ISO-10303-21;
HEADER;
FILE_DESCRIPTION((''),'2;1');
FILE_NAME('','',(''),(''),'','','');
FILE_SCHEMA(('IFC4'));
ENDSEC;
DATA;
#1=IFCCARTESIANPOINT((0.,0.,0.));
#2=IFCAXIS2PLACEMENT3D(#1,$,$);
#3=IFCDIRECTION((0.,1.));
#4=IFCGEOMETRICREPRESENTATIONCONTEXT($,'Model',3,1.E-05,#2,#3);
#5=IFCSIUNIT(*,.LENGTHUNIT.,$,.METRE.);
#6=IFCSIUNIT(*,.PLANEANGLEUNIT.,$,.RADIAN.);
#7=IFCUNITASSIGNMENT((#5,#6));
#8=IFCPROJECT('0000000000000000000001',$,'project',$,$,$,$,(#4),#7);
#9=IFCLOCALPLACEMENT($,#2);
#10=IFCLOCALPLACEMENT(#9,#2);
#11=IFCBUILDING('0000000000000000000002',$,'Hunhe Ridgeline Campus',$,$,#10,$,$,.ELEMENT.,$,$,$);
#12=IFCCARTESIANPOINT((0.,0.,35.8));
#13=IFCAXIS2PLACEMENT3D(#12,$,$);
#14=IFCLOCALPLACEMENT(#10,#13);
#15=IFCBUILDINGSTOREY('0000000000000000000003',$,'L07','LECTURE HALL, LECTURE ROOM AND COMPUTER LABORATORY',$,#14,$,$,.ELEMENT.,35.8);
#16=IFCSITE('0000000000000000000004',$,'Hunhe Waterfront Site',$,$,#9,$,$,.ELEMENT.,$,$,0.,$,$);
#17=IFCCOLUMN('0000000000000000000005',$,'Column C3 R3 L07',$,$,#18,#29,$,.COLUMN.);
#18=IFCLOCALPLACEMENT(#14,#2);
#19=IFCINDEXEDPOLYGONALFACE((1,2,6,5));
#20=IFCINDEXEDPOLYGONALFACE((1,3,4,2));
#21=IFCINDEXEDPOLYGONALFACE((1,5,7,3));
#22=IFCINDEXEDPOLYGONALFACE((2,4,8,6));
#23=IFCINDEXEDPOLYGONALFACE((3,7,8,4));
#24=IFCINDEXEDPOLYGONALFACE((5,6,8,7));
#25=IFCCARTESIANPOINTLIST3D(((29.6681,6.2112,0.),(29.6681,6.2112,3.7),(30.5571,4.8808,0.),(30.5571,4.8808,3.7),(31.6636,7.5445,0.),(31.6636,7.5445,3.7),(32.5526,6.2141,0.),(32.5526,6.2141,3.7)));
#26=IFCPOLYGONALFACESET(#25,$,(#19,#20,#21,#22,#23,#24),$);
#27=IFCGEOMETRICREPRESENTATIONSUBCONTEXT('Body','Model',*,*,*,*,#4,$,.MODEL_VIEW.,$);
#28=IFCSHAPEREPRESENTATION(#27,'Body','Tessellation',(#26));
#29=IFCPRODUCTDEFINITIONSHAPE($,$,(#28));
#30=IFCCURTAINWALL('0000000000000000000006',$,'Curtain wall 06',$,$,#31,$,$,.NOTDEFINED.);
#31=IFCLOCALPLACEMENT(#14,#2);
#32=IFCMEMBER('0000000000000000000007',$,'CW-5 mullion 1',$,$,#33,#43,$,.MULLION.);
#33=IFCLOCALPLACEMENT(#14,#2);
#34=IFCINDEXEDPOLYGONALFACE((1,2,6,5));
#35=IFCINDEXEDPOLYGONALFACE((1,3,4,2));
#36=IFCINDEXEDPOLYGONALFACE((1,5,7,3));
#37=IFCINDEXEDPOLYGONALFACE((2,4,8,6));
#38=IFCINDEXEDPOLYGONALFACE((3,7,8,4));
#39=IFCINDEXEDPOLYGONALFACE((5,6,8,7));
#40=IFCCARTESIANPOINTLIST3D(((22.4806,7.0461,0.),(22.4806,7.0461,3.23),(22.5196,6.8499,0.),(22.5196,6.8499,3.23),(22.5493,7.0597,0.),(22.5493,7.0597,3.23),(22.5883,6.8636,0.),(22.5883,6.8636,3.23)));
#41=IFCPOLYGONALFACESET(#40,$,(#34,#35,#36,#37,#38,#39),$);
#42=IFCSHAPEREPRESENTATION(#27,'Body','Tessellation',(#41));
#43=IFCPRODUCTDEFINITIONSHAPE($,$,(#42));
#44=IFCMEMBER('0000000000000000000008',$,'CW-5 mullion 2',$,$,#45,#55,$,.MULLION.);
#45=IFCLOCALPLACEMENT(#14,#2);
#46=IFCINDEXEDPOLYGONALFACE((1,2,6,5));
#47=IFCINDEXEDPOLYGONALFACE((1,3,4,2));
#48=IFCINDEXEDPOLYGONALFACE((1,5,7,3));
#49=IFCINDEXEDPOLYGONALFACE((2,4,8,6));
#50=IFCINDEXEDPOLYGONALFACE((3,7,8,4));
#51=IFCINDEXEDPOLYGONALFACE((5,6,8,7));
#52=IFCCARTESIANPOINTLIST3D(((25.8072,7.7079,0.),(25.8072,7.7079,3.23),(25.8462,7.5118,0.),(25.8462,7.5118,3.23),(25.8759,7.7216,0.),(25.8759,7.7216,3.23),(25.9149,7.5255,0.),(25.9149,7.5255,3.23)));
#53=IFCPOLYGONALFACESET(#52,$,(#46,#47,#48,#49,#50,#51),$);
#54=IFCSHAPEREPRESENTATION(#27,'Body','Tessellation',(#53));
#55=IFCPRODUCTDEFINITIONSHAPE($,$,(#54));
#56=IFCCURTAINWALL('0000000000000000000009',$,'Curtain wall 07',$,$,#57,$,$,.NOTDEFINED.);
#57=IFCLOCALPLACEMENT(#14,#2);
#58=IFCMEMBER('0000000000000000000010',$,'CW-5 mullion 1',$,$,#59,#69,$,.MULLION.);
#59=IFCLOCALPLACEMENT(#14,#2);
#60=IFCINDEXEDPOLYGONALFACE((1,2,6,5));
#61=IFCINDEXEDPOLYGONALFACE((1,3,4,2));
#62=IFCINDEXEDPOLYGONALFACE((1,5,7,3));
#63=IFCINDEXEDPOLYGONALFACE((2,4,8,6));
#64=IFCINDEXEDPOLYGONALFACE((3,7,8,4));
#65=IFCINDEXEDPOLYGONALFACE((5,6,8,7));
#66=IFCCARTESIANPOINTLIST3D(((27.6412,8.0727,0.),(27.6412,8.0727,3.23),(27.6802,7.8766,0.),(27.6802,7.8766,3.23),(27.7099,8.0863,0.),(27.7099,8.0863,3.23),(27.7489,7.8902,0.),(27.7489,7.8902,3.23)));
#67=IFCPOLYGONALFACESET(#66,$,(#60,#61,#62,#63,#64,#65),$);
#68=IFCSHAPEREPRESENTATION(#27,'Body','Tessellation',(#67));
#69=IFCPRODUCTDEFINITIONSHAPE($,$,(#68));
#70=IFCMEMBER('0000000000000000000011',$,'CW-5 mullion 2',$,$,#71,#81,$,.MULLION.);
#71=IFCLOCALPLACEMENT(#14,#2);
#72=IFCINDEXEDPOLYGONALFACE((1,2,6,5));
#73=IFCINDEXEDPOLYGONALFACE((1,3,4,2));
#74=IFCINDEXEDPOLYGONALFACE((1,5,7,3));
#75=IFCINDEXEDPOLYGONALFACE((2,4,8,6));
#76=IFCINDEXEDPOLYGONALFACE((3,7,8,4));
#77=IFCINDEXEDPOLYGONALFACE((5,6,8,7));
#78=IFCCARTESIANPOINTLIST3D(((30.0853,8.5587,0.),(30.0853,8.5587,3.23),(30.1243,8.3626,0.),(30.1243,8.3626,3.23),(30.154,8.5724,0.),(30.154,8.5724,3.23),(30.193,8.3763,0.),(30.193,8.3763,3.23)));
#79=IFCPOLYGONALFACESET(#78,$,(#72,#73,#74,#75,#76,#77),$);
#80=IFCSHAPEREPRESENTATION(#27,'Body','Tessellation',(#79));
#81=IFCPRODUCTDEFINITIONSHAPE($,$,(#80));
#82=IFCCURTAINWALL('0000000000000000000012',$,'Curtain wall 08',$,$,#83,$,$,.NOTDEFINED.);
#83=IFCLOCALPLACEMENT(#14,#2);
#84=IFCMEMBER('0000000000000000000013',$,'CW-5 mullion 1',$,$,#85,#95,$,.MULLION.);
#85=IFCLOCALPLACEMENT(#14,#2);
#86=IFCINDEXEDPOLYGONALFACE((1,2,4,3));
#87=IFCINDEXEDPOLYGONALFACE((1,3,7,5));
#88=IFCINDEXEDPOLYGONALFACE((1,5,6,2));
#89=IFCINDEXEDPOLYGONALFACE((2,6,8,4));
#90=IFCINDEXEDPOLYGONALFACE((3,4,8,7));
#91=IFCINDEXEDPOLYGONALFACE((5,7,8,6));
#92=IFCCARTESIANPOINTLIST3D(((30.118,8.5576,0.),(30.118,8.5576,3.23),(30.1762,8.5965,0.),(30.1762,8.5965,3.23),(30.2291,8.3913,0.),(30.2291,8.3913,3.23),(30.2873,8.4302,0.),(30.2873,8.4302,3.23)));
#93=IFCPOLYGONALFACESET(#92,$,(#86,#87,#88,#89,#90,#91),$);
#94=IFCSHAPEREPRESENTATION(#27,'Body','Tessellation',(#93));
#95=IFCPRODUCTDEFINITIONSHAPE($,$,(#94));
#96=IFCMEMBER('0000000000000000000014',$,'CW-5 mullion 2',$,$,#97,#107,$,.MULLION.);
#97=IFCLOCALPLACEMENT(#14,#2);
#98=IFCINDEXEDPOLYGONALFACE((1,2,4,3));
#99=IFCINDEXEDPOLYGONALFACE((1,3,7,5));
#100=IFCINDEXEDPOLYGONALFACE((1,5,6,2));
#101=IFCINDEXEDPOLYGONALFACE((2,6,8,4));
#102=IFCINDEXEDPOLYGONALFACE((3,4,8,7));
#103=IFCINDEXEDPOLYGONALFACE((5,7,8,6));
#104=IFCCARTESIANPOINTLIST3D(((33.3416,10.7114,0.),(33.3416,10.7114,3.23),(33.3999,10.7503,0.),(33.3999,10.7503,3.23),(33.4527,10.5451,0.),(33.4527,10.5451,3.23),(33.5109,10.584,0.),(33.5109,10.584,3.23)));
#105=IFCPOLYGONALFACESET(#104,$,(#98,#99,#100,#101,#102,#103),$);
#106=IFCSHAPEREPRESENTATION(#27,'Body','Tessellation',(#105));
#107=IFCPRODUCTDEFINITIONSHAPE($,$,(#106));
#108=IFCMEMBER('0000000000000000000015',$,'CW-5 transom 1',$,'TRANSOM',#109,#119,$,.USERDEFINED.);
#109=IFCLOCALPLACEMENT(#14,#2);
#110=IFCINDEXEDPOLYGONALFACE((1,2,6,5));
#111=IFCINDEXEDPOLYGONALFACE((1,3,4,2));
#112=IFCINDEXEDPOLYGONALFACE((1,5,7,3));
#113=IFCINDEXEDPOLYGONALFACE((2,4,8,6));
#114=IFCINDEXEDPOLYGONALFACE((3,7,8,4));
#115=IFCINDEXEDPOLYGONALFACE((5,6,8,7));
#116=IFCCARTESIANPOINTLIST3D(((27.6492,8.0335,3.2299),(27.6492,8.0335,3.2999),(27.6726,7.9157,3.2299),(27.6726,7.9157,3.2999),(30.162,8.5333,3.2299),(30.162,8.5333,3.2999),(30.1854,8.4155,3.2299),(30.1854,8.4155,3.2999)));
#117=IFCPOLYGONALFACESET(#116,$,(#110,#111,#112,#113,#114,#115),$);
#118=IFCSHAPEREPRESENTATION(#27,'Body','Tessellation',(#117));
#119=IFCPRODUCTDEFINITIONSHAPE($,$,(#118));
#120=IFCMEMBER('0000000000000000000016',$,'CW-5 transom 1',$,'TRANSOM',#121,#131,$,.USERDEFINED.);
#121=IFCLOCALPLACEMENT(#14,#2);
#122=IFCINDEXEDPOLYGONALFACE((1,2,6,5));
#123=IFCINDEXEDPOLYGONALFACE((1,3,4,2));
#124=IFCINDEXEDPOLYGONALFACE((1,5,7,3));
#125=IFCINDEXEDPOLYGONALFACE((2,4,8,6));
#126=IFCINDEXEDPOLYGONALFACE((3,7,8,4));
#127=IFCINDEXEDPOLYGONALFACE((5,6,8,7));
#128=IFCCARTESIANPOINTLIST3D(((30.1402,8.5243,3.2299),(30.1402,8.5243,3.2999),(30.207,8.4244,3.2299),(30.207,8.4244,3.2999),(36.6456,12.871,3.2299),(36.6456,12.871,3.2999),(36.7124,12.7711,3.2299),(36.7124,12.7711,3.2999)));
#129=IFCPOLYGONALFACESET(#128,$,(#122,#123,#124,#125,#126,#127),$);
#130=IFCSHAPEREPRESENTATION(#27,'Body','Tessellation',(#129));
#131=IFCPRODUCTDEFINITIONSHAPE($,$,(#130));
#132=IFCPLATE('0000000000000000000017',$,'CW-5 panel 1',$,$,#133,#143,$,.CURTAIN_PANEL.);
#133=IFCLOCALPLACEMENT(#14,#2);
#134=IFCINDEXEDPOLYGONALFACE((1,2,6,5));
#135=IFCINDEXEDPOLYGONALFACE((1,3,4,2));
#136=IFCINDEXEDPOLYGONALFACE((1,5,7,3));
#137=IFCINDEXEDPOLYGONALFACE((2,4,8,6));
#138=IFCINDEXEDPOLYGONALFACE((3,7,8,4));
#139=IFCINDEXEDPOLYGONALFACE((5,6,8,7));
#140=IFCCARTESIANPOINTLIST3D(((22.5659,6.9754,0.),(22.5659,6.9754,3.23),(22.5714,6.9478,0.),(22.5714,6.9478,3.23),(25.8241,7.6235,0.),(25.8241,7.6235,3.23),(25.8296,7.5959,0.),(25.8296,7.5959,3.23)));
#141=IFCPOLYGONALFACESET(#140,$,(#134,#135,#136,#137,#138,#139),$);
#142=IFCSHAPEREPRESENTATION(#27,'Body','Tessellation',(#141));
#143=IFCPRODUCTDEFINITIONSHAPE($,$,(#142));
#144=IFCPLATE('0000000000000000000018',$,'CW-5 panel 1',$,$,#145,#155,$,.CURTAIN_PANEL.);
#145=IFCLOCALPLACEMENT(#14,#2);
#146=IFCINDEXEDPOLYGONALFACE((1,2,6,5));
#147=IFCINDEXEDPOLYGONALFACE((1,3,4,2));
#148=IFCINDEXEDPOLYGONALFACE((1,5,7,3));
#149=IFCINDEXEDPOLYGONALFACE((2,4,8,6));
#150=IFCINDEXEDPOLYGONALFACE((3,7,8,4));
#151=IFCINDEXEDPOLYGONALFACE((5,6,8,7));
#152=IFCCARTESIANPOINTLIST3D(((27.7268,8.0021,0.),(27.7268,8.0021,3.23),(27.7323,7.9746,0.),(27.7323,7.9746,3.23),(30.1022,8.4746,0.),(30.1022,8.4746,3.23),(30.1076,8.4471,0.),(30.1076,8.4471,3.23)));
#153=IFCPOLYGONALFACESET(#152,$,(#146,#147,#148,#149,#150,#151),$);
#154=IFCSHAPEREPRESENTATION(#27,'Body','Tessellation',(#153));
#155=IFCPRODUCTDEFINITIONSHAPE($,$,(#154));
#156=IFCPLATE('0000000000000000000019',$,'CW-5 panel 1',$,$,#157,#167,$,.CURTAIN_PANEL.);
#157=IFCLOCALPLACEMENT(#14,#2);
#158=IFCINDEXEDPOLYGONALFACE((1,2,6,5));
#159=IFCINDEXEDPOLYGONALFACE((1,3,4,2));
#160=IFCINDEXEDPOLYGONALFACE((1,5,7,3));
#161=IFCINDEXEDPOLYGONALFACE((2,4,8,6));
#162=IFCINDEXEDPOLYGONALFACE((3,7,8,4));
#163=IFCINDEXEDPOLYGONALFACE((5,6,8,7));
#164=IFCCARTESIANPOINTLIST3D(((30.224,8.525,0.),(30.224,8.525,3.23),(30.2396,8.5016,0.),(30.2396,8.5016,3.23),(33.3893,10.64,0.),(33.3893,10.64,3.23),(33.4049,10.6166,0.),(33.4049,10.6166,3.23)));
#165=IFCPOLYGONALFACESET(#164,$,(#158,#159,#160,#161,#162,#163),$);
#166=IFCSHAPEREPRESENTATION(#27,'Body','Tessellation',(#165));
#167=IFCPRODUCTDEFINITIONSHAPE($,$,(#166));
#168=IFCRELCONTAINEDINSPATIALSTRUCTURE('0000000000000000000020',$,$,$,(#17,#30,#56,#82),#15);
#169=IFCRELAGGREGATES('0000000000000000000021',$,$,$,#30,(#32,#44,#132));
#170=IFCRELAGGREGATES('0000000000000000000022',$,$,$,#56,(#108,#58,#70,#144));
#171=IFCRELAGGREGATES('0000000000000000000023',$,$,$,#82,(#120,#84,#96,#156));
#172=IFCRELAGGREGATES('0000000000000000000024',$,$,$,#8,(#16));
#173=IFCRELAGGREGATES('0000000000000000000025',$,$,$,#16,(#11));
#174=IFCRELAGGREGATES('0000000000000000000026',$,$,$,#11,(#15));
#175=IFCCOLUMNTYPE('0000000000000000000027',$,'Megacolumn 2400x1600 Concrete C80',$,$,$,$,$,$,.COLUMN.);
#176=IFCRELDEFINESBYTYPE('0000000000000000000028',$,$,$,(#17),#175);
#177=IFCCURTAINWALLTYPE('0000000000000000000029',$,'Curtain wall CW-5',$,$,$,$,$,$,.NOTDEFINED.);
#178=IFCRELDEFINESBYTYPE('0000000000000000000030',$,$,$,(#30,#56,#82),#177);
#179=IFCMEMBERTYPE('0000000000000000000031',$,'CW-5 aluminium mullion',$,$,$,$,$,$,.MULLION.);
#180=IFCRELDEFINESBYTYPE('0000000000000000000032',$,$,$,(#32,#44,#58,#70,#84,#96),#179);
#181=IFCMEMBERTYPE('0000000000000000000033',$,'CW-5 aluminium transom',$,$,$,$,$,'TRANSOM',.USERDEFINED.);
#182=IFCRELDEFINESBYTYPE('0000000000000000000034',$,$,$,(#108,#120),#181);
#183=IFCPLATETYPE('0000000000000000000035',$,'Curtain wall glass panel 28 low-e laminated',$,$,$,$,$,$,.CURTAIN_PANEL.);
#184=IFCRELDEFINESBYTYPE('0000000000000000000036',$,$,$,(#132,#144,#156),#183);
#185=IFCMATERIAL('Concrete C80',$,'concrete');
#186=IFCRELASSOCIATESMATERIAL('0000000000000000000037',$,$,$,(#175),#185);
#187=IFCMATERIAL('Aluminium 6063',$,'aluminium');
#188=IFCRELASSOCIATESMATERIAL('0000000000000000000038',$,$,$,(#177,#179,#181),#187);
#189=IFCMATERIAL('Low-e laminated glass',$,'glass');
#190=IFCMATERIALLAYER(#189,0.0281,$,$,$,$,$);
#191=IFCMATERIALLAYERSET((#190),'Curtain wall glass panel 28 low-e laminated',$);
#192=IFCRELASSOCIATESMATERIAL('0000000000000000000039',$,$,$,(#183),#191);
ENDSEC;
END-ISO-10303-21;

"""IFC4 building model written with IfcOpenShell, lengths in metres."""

from ifc_helpers import new_model, si_unit, direction, frame, origin, origin_2d, place, context, subcontext, project, spatial, rectangle, extrude, material, layer, layer_set, material_profile, profile_set, type_object, element, aggregate, save


model = new_model("IFC4")

# Units and contexts
model_context = context("Model", 3, precision=1e-05, world=origin(), true_north=direction((0.0, 1.0)))
body_context = subcontext(model_context, "Body", "Model", "MODEL_VIEW")
ifc_project = project(units=[si_unit("LENGTHUNIT", "METRE"), si_unit("PLANEANGLEUNIT", "RADIAN")], contexts=[model_context])

# Site, building, storey
site_placement = place(None, origin())
site = spatial("IfcSite", under=ifc_project, at=site_placement, Name="Hunhe Waterfront Site", CompositionType="ELEMENT", RefElevation=0.0)
building_placement = place(site_placement, origin())
building = spatial("IfcBuilding", under=site, at=building_placement, Name="Hunhe Ridgeline Campus", CompositionType="ELEMENT")
storey_placement = place(building_placement, frame((0.0, 0.0, 35.8)))
storey = spatial("IfcBuildingStorey", under=building, at=storey_placement, Name="L07", Description="LECTURE HALL, LECTURE ROOM AND COMPUTER LABORATORY", CompositionType="ELEMENT", Elevation=35.8)

# Column
ifc_material_1 = material(Name="Concrete C80", Category="concrete")
ifc_material_profile_1 = material_profile(ifc_material_1, rectangle(XDim=2.3999, YDim=1.6001, at=origin_2d()))
ifc_profile_set_1 = profile_set([ifc_material_profile_1], Name="Concrete C80")
column_type = type_object("IfcColumnType", Name="Megacolumn 2400x1600 Concrete C80", PredefinedType="COLUMN", material=ifc_profile_set_1)
column_placement = place(storey_placement, frame((31.1104, 6.2126, 0.0), z_axis=(0.0, 0.0, 1.0), x_axis=(0.83147, 0.55557, 0.0)))
element("IfcColumn", 1, at=column_placement, inside=storey, type_object=column_type, Name="Column C3 R3 L07", PredefinedType="COLUMN", context=body_context, shape_type="SweptSolid", body=[
    extrude(rectangle(XDim=2.3999, YDim=1.6001, at=origin_2d()), origin(), (0.0, 0.0, 1.0), 3.7),
])

# Curtain walls, members
ifc_material_2 = material(Name="Aluminium 6063", Category="aluminium")
curtain_wall_type = type_object("IfcCurtainWallType", Name="Curtain wall CW-5", PredefinedType="NOTDEFINED", material=ifc_material_2)
curtain_wall_1_placement = place(storey_placement, origin())
curtain_wall_1 = element("IfcCurtainWall", 2, at=curtain_wall_1_placement, inside=storey, type_object=curtain_wall_type, Name="Curtain wall 06", PredefinedType="NOTDEFINED")
ifc_material_profile_2 = material_profile(ifc_material_2, rectangle(XDim=0.2, YDim=0.0701, at=origin_2d()))
ifc_profile_set_2 = profile_set([ifc_material_profile_2], Name="Aluminium 6063")
member_type_1 = type_object("IfcMemberType", Name="CW-5 aluminium mullion", PredefinedType="MULLION", material=ifc_profile_set_2)
member_1_placement = place(storey_placement, frame((22.5344, 6.9548, 0.0), z_axis=(0.0, 0.0, 1.0), x_axis=(-0.19509, 0.980785, 0.0)))
member_1 = element("IfcMember", 3, at=member_1_placement, type_object=member_type_1, Name="CW-5 mullion 1", PredefinedType="MULLION", context=body_context, shape_type="SweptSolid", body=[
    extrude(rectangle(XDim=0.2, YDim=0.0701, at=origin_2d()), origin(), (0.0, 0.0, 1.0), 3.23),
])
member_2_placement = place(storey_placement, frame((25.8611, 7.6167, 0.0), z_axis=(0.0, 0.0, 1.0), x_axis=(-0.19509, 0.980785, 0.0)))
member_2 = element("IfcMember", 4, at=member_2_placement, type_object=member_type_1, Name="CW-5 mullion 2", PredefinedType="MULLION", context=body_context, shape_type="SweptSolid", body=[
    extrude(rectangle(XDim=0.2, YDim=0.0701, at=origin_2d()), origin(), (0.0, 0.0, 1.0), 3.23),
])
curtain_wall_2_placement = place(storey_placement, origin())
curtain_wall_2 = element("IfcCurtainWall", 5, at=curtain_wall_2_placement, inside=storey, type_object=curtain_wall_type, Name="Curtain wall 07", PredefinedType="NOTDEFINED")
member_3_placement = place(storey_placement, frame((27.6951, 7.9814, 0.0), z_axis=(0.0, 0.0, 1.0), x_axis=(-0.195091, 0.980785, 0.0)))
member_3 = element("IfcMember", 6, at=member_3_placement, type_object=member_type_1, Name="CW-5 mullion 1", PredefinedType="MULLION", context=body_context, shape_type="SweptSolid", body=[
    extrude(rectangle(XDim=0.2, YDim=0.0701, at=origin_2d()), origin(), (0.0, 0.0, 1.0), 3.23),
])
member_4_placement = place(storey_placement, frame((30.1392, 8.4675, 0.0), z_axis=(0.0, 0.0, 1.0), x_axis=(-0.195091, 0.980785, 0.0)))
member_4 = element("IfcMember", 7, at=member_4_placement, type_object=member_type_1, Name="CW-5 mullion 2", PredefinedType="MULLION", context=body_context, shape_type="SweptSolid", body=[
    extrude(rectangle(XDim=0.2, YDim=0.0701, at=origin_2d()), origin(), (0.0, 0.0, 1.0), 3.23),
])
curtain_wall_3_placement = place(storey_placement, origin())
curtain_wall_3 = element("IfcCurtainWall", 8, at=curtain_wall_3_placement, inside=storey, type_object=curtain_wall_type, Name="Curtain wall 08", PredefinedType="NOTDEFINED")
member_5_placement = place(storey_placement, frame((30.2026, 8.4939, 0.0), z_axis=(0.0, 0.0, 1.0), x_axis=(-0.55557, 0.83147, 0.0)))
member_5 = element("IfcMember", 9, at=member_5_placement, type_object=member_type_1, Name="CW-5 mullion 1", PredefinedType="MULLION", context=body_context, shape_type="SweptSolid", body=[
    extrude(rectangle(XDim=0.2, YDim=0.0701, at=origin_2d()), origin(), (0.0, 0.0, 1.0), 3.23),
])
member_6_placement = place(storey_placement, frame((33.4263, 10.6477, 0.0), z_axis=(0.0, 0.0, 1.0), x_axis=(-0.55557, 0.83147, 0.0)))
member_6 = element("IfcMember", 10, at=member_6_placement, type_object=member_type_1, Name="CW-5 mullion 2", PredefinedType="MULLION", context=body_context, shape_type="SweptSolid", body=[
    extrude(rectangle(XDim=0.2, YDim=0.0701, at=origin_2d()), origin(), (0.0, 0.0, 1.0), 3.23),
])

# Members
ifc_material_profile_3 = material_profile(ifc_material_2, rectangle(XDim=0.1201, YDim=0.0701, at=origin_2d()))
ifc_profile_set_3 = profile_set([ifc_material_profile_3], Name="Aluminium 6063")
member_type_2 = type_object("IfcMemberType", Name="CW-5 aluminium transom", ElementType="TRANSOM", PredefinedType="USERDEFINED", material=ifc_profile_set_3)
member_7_placement = place(storey_placement, frame((27.6609, 7.9746, 3.2649), z_axis=(0.980789, 0.195071, 0.0), x_axis=(-0.195071, 0.980789, 0.0)))
member_7 = element("IfcMember", 11, at=member_7_placement, type_object=member_type_2, Name="CW-5 transom 1", ObjectType="TRANSOM", PredefinedType="USERDEFINED", context=body_context, shape_type="SweptSolid", body=[
    extrude(rectangle(XDim=0.1201, YDim=0.0701, at=origin_2d()), origin(), (0.0, 0.0, 1.0), 2.562),
])
member_8_placement = place(storey_placement, frame((30.1736, 8.4744, 3.2649), z_axis=(0.831474, 0.555564, 0.0), x_axis=(-0.555564, 0.831474, 0.0)))
member_8 = element("IfcMember", 12, at=member_8_placement, type_object=member_type_2, Name="CW-5 transom 1", ObjectType="TRANSOM", PredefinedType="USERDEFINED", context=body_context, shape_type="SweptSolid", body=[
    extrude(rectangle(XDim=0.1201, YDim=0.0701, at=origin_2d()), origin(), (0.0, 0.0, 1.0), 7.824),
])

# Plates
ifc_material_3 = material(Name="Low-e laminated glass", Category="glass")
ifc_layer_1 = layer(ifc_material_3, 0.0281)
ifc_layer_set_1 = layer_set([ifc_layer_1], Name="Curtain wall glass panel 28 low-e laminated")
plate_type = type_object("IfcPlateType", Name="Curtain wall glass panel 28 low-e laminated", PredefinedType="CURTAIN_PANEL", material=ifc_layer_set_1)
plate_1_placement = place(storey_placement, frame((24.1978, 7.2856, 0.0), z_axis=(0.0, 0.0, 1.0), x_axis=(0.980785, 0.19509, 0.0)))
plate_1 = element("IfcPlate", 13, at=plate_1_placement, type_object=plate_type, Name="CW-5 panel 1", PredefinedType="CURTAIN_PANEL", context=body_context, shape_type="SweptSolid", body=[
    extrude(rectangle(XDim=3.322, YDim=0.0281, at=origin_2d()), origin(), (0.0, 0.0, 1.0), 3.23),
])
aggregate(curtain_wall_1, [member_1, member_2, plate_1])
plate_2_placement = place(storey_placement, frame((28.9172, 8.2246, 0.0), z_axis=(0.0, 0.0, 1.0), x_axis=(0.980785, 0.195091, 0.0)))
plate_2 = element("IfcPlate", 14, at=plate_2_placement, type_object=plate_type, Name="CW-5 panel 1", PredefinedType="CURTAIN_PANEL", context=body_context, shape_type="SweptSolid", body=[
    extrude(rectangle(XDim=2.4219, YDim=0.0281, at=origin_2d()), origin(), (0.0, 0.0, 1.0), 3.23),
])
aggregate(curtain_wall_2, [member_7, member_3, member_4, plate_2])
plate_3_placement = place(storey_placement, frame((31.8145, 9.5708, 0.0), z_axis=(0.0, 0.0, 1.0), x_axis=(0.83147, 0.55557, 0.0)))
plate_3 = element("IfcPlate", 15, at=plate_3_placement, type_object=plate_type, Name="CW-5 panel 1", PredefinedType="CURTAIN_PANEL", context=body_context, shape_type="SweptSolid", body=[
    extrude(rectangle(XDim=3.8069, YDim=0.0281, at=origin_2d()), origin(), (0.0, 0.0, 1.0), 3.23),
])
aggregate(curtain_wall_3, [member_8, member_5, member_6, plate_3])

save(model, "model.ifc")
